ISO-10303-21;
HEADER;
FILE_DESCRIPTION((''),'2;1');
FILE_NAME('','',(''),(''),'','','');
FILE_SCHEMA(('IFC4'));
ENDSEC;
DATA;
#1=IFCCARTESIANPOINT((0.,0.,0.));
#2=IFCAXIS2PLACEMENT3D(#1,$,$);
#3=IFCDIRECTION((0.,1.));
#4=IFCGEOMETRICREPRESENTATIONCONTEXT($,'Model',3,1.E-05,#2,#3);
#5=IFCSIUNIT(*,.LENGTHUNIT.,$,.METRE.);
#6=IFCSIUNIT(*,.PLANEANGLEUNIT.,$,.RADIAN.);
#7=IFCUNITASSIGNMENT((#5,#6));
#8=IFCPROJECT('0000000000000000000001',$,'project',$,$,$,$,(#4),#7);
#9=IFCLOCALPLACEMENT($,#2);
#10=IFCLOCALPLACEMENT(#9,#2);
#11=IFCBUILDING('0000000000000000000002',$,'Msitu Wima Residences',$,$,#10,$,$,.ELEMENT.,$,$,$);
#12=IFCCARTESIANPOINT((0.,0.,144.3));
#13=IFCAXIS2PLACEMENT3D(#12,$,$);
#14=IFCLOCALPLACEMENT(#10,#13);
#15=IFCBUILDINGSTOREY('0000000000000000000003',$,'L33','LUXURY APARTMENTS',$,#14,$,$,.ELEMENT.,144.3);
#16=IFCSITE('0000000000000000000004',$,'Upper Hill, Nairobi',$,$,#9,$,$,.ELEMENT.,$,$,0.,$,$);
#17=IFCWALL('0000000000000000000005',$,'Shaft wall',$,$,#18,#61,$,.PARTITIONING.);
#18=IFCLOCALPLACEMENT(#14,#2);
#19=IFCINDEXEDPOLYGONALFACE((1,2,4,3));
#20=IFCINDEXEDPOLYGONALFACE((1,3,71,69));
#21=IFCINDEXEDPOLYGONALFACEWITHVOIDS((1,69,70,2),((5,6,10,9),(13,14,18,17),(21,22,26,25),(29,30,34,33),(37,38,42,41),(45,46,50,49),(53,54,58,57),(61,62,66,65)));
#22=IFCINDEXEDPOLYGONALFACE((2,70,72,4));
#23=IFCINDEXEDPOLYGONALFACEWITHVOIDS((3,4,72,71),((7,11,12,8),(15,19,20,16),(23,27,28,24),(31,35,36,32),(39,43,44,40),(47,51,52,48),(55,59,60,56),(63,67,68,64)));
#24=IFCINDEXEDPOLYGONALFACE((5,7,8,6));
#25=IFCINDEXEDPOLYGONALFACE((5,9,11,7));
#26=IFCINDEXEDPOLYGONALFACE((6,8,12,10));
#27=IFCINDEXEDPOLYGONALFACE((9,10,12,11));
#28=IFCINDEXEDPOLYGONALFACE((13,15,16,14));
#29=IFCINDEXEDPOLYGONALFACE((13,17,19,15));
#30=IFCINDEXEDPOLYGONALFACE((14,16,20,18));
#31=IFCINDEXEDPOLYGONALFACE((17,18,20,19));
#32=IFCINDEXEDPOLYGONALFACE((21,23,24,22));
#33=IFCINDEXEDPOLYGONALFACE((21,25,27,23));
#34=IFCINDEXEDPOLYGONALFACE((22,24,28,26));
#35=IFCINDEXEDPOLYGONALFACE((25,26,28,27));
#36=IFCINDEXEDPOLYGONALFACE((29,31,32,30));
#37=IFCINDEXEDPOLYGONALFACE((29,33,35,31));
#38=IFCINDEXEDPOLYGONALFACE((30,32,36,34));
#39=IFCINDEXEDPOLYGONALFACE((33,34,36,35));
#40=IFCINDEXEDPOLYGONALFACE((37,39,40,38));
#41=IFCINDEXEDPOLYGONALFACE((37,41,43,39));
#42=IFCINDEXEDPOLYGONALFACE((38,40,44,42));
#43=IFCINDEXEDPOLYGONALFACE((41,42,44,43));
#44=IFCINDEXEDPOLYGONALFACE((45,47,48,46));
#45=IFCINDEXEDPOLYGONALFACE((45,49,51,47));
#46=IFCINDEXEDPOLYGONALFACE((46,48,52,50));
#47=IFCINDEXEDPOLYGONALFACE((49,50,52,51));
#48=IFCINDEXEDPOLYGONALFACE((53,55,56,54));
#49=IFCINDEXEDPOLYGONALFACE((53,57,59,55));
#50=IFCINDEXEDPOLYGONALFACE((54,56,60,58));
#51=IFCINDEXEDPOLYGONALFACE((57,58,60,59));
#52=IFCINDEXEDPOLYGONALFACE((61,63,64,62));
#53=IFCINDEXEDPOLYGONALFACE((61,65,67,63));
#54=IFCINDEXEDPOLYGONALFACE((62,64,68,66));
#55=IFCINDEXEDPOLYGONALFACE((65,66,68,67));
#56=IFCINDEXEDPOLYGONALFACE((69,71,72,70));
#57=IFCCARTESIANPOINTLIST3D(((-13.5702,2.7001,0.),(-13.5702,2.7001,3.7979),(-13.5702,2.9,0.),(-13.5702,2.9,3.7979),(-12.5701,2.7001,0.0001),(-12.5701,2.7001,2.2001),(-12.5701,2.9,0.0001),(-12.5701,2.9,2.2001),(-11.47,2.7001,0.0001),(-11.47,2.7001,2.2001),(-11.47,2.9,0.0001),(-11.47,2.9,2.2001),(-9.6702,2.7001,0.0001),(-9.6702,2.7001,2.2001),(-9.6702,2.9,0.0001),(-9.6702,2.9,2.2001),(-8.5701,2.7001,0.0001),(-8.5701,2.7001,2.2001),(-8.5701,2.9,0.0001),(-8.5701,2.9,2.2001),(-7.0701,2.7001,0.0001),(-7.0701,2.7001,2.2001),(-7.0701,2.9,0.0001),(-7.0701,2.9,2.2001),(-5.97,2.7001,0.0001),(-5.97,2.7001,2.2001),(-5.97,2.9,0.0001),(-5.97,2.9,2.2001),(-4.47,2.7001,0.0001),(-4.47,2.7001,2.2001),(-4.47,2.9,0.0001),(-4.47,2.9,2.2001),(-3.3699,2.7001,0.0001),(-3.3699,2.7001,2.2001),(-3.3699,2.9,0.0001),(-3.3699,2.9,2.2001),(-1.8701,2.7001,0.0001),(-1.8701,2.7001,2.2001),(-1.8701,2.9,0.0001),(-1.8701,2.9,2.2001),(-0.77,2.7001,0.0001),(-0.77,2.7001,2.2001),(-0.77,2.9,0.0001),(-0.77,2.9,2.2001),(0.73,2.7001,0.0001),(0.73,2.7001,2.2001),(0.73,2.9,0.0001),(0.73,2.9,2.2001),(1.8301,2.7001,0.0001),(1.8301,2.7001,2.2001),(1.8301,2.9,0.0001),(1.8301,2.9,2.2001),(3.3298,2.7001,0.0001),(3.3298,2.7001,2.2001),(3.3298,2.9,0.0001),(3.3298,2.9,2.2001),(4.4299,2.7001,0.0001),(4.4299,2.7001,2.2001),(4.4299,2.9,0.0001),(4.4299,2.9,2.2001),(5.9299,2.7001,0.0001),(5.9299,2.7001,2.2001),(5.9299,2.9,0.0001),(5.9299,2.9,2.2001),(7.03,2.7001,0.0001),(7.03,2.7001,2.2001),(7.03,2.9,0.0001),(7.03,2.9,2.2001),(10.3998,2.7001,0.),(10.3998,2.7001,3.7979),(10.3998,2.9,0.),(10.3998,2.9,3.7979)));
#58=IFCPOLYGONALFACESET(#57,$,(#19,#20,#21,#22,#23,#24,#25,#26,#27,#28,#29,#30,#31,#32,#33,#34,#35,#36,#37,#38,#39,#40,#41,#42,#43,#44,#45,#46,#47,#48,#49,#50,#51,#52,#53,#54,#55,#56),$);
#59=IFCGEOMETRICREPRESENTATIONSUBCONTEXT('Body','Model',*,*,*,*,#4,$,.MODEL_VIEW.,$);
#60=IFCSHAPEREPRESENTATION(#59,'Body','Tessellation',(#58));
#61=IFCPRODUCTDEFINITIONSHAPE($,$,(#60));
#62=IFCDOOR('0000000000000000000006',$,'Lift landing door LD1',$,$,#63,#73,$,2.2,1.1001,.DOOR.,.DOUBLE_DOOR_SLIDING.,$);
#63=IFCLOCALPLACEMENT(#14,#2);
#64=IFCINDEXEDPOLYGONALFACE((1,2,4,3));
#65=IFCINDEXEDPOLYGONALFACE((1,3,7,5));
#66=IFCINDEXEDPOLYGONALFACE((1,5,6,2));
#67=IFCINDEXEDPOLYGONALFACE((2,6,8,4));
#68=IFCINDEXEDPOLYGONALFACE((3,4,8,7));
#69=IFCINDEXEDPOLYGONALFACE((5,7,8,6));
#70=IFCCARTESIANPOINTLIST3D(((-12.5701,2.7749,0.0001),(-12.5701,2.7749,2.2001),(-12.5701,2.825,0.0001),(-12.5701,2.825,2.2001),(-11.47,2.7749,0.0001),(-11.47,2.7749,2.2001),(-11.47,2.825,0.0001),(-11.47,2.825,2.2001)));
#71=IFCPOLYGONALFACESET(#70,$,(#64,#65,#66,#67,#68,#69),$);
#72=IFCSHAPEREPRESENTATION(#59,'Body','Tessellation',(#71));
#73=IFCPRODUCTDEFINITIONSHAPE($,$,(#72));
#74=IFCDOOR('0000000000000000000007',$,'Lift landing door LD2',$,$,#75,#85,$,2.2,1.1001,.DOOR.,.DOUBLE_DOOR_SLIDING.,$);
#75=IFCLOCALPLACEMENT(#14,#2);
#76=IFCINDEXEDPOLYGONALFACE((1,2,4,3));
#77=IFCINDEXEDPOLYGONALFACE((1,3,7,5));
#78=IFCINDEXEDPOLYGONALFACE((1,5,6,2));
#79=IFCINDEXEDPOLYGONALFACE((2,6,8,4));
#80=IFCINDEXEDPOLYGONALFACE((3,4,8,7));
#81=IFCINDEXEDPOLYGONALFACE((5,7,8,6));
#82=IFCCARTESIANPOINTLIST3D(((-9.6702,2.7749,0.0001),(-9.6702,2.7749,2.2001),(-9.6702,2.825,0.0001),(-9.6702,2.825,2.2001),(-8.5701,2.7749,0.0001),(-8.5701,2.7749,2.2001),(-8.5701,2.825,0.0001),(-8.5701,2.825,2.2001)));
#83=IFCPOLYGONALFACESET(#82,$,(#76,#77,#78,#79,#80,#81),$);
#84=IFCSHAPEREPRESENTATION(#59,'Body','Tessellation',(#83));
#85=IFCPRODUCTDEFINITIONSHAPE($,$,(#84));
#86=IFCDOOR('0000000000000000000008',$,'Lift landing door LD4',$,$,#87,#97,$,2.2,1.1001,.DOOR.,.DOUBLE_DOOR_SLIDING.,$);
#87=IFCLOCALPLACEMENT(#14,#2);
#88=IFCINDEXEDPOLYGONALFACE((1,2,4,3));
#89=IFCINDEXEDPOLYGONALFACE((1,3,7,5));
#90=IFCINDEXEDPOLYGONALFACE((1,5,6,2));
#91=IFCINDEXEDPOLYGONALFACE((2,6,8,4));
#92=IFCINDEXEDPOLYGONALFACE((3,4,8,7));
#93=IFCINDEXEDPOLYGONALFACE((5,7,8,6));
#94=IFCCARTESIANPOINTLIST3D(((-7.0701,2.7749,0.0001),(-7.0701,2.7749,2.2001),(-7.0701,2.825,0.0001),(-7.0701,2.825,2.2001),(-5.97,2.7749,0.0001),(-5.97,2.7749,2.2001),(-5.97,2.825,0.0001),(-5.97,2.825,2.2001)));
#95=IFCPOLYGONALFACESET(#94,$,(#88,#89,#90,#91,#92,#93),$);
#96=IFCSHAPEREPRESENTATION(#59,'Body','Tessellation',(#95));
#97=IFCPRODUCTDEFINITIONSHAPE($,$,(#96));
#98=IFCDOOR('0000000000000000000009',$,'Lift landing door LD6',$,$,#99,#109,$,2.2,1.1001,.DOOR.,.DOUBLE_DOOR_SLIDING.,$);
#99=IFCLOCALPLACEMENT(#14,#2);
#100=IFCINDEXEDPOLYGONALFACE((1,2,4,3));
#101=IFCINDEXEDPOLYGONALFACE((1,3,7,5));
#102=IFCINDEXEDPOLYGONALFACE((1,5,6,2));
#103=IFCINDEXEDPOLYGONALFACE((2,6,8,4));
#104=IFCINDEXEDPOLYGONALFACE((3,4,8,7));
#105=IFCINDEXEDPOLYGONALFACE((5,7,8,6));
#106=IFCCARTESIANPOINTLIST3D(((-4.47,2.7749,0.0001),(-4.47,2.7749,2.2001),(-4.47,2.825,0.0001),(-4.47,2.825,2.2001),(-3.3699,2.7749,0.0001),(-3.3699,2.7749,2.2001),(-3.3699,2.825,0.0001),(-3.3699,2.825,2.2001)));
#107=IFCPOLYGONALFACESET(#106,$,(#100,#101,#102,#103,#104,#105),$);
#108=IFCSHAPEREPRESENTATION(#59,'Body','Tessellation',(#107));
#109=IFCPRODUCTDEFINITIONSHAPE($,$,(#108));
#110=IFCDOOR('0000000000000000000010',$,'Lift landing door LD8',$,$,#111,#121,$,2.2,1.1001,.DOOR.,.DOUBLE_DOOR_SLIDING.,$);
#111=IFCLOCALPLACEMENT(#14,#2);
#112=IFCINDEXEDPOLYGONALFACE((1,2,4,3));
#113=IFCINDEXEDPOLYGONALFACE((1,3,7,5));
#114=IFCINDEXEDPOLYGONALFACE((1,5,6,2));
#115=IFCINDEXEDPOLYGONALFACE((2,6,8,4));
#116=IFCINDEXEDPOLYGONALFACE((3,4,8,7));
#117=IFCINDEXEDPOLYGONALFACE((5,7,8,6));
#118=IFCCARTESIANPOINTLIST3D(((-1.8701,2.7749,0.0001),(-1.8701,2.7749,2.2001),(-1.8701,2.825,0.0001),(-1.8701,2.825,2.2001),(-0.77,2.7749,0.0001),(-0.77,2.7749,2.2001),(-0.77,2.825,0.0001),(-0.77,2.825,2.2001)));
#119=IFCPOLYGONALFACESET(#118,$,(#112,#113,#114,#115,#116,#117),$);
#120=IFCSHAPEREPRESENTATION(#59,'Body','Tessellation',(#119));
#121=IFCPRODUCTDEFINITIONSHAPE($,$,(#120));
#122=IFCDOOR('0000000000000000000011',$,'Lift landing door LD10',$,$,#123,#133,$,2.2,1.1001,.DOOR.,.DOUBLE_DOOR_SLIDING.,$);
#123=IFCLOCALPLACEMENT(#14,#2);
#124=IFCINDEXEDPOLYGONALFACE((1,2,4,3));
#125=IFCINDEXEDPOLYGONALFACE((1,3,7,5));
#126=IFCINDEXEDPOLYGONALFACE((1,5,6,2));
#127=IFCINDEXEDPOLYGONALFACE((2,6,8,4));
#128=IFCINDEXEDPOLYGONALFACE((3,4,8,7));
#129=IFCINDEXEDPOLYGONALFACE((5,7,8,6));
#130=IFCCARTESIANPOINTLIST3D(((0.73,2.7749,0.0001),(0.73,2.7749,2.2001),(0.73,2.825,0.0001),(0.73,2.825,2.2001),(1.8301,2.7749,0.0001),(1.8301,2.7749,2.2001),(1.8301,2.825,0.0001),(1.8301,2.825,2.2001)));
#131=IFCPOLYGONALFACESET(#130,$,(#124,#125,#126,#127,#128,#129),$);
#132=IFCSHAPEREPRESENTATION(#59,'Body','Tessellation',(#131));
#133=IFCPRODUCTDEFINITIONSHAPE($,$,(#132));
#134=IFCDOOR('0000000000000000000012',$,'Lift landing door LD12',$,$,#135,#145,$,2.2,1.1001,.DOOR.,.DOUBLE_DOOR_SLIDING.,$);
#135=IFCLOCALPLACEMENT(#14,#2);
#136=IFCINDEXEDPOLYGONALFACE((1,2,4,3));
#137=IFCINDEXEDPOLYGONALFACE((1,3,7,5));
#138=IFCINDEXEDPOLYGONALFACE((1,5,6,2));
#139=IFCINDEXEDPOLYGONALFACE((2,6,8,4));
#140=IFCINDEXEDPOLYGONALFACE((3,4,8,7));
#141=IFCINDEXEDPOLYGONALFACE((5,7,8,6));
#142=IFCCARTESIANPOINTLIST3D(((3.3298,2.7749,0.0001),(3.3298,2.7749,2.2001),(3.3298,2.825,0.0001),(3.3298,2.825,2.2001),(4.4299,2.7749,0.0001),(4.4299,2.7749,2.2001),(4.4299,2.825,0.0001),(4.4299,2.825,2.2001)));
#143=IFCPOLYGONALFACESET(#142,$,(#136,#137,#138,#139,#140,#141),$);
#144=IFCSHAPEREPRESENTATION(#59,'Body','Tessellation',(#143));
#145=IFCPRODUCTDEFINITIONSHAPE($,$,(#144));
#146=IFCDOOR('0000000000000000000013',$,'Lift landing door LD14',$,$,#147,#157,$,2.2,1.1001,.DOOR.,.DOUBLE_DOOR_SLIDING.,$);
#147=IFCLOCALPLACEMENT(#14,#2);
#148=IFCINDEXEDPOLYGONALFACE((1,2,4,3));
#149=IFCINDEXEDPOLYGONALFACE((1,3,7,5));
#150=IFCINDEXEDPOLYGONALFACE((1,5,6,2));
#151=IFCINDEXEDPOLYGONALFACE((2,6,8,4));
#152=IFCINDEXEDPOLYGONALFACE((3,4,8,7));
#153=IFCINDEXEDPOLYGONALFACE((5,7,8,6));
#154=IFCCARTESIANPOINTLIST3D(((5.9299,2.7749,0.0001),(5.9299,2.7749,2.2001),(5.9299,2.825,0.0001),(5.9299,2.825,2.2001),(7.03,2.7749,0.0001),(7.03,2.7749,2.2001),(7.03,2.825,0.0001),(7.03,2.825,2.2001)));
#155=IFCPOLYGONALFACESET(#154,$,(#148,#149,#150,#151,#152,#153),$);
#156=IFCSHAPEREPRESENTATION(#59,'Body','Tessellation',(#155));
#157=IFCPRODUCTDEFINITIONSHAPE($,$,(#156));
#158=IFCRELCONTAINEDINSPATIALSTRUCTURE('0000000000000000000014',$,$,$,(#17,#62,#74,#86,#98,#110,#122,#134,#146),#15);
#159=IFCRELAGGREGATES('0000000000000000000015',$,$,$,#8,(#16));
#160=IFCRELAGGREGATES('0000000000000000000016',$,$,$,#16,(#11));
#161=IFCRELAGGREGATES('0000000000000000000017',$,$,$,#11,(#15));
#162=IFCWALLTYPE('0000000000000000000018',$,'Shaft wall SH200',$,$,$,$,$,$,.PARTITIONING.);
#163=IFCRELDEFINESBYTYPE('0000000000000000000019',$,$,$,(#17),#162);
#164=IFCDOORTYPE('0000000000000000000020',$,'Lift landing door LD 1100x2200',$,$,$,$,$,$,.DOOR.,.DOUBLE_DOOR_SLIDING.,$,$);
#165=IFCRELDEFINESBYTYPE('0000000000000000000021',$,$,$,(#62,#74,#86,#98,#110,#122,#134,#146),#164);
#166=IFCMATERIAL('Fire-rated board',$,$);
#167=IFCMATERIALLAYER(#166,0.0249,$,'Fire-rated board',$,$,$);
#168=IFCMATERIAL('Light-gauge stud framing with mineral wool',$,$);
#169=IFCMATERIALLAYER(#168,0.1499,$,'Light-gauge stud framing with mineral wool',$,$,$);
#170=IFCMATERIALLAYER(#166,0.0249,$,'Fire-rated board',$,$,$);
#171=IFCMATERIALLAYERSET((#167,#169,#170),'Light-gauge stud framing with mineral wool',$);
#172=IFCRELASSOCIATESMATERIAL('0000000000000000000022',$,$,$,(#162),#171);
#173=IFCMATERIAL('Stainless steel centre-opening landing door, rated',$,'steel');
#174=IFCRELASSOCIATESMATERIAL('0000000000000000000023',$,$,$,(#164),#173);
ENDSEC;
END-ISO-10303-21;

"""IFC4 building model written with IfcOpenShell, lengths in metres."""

from ifc_helpers import new_model, si_unit, direction, frame, frame_2d, origin, place, context, subcontext, project, spatial, rectangle, extrude, material, layer, layer_set, type_object, element, fill, save


model = new_model("IFC4")

# Units and contexts
model_context = context("Model", 3, precision=1e-05, world=origin(), true_north=direction((0.0, 1.0)))
body_context = subcontext(model_context, "Body", "Model", "MODEL_VIEW")
ifc_project = project(units=[si_unit("LENGTHUNIT", "METRE"), si_unit("PLANEANGLEUNIT", "RADIAN")], contexts=[model_context])

# Site, building, storey
site_placement = place(None, origin())
site = spatial("IfcSite", under=ifc_project, at=site_placement, Name="Upper Hill, Nairobi", CompositionType="ELEMENT", RefElevation=0.0)
building_placement = place(site_placement, origin())
building = spatial("IfcBuilding", under=site, at=building_placement, Name="Msitu Wima Residences", CompositionType="ELEMENT")
storey_placement = place(building_placement, frame((0.0, 0.0, 144.3)))
storey = spatial("IfcBuildingStorey", under=building, at=storey_placement, Name="L33", Description="LUXURY APARTMENTS", CompositionType="ELEMENT", Elevation=144.3)

# Shared definitions
ifc_material_1 = material(Name="Fire-rated board")
ifc_layer_1 = layer(ifc_material_1, 0.0249, Name="Fire-rated board")
ifc_material_2 = material(Name="Light-gauge stud framing with mineral wool")
ifc_layer_2 = layer(ifc_material_2, 0.1499, Name="Light-gauge stud framing with mineral wool")
ifc_layer_3 = layer(ifc_material_1, 0.0249, Name="Fire-rated board")
ifc_layer_set_1 = layer_set([ifc_layer_1, ifc_layer_2, ifc_layer_3], Name="Light-gauge stud framing with mineral wool")
wall_type_1 = type_object("IfcWallType", Name="Shaft wall SH200", PredefinedType="PARTITIONING", material=ifc_layer_set_1)

# Wall, openings, doors
wall_1_placement = place(storey_placement, frame((-13.5701, 2.8, 0.0), z_axis=(0.0, 0.0, 1.0), x_axis=(1.0, 0.0, 0.0)))
wall_1 = element("IfcWall", 1, at=wall_1_placement, inside=storey, type_object=wall_type_1, Name="Shaft wall", PredefinedType="PARTITIONING", context=body_context, shape_type="SweptSolid", body=[
    extrude(rectangle(XDim=23.97, YDim=0.2, at=frame_2d((11.9849, 0.0))), origin(), (0.0, 0.0, 1.0), 3.7979),
])
opening_1_placement = place(wall_1_placement, frame((1.0, 0.0, 0.0)))
opening_1 = element("IfcOpeningElement", 2, at=opening_1_placement, cuts=wall_1, PredefinedType="OPENING", context=body_context, shape_type="SweptSolid", body=[
    extrude(rectangle(XDim=1.1001, YDim=2.2, at=frame_2d((0.55, 1.1001))), frame((0.0, 0.1099, 0.0), z_axis=(0.0, -1.0, 0.0), x_axis=(1.0, 0.0, 0.0)), (0.0, 0.0, 1.0), 0.22),
])
opening_2_placement = place(wall_1_placement, frame((3.8999, 0.0, 0.0)))
opening_2 = element("IfcOpeningElement", 3, at=opening_2_placement, cuts=wall_1, PredefinedType="OPENING", context=body_context, shape_type="SweptSolid", body=[
    extrude(rectangle(XDim=1.1001, YDim=2.2, at=frame_2d((0.55, 1.1001))), frame((0.0, 0.1099, 0.0), z_axis=(0.0, -1.0, 0.0), x_axis=(1.0, 0.0, 0.0)), (0.0, 0.0, 1.0), 0.22),
])
opening_3_placement = place(wall_1_placement, frame((6.5, 0.0, 0.0)))
opening_3 = element("IfcOpeningElement", 4, at=opening_3_placement, cuts=wall_1, PredefinedType="OPENING", context=body_context, shape_type="SweptSolid", body=[
    extrude(rectangle(XDim=1.1001, YDim=2.2, at=frame_2d((0.55, 1.1001))), frame((0.0, 0.1099, 0.0), z_axis=(0.0, -1.0, 0.0), x_axis=(1.0, 0.0, 0.0)), (0.0, 0.0, 1.0), 0.22),
])
opening_4_placement = place(wall_1_placement, frame((9.1001, 0.0, 0.0)))
opening_4 = element("IfcOpeningElement", 5, at=opening_4_placement, cuts=wall_1, PredefinedType="OPENING", context=body_context, shape_type="SweptSolid", body=[
    extrude(rectangle(XDim=1.1001, YDim=2.2, at=frame_2d((0.55, 1.1001))), frame((0.0, 0.1099, 0.0), z_axis=(0.0, -1.0, 0.0), x_axis=(1.0, 0.0, 0.0)), (0.0, 0.0, 1.0), 0.22),
])
opening_5_placement = place(wall_1_placement, frame((11.7, 0.0, 0.0)))
opening_5 = element("IfcOpeningElement", 6, at=opening_5_placement, cuts=wall_1, PredefinedType="OPENING", context=body_context, shape_type="SweptSolid", body=[
    extrude(rectangle(XDim=1.1001, YDim=2.2, at=frame_2d((0.55, 1.1001))), frame((0.0, 0.1099, 0.0), z_axis=(0.0, -1.0, 0.0), x_axis=(1.0, 0.0, 0.0)), (0.0, 0.0, 1.0), 0.22),
])
opening_6_placement = place(wall_1_placement, frame((14.3, 0.0, 0.0)))
opening_6 = element("IfcOpeningElement", 7, at=opening_6_placement, cuts=wall_1, PredefinedType="OPENING", context=body_context, shape_type="SweptSolid", body=[
    extrude(rectangle(XDim=1.1001, YDim=2.2, at=frame_2d((0.55, 1.1001))), frame((0.0, 0.1099, 0.0), z_axis=(0.0, -1.0, 0.0), x_axis=(1.0, 0.0, 0.0)), (0.0, 0.0, 1.0), 0.22),
])
opening_7_placement = place(wall_1_placement, frame((16.8999, 0.0, 0.0)))
opening_7 = element("IfcOpeningElement", 8, at=opening_7_placement, cuts=wall_1, PredefinedType="OPENING", context=body_context, shape_type="SweptSolid", body=[
    extrude(rectangle(XDim=1.1001, YDim=2.2, at=frame_2d((0.55, 1.1001))), frame((0.0, 0.1099, 0.0), z_axis=(0.0, -1.0, 0.0), x_axis=(1.0, 0.0, 0.0)), (0.0, 0.0, 1.0), 0.22),
])
opening_8_placement = place(wall_1_placement, frame((19.5, 0.0, 0.0)))
opening_8 = element("IfcOpeningElement", 9, at=opening_8_placement, cuts=wall_1, PredefinedType="OPENING", context=body_context, shape_type="SweptSolid", body=[
    extrude(rectangle(XDim=1.1001, YDim=2.2, at=frame_2d((0.55, 1.1001))), frame((0.0, 0.1099, 0.0), z_axis=(0.0, -1.0, 0.0), x_axis=(1.0, 0.0, 0.0)), (0.0, 0.0, 1.0), 0.22),
])
ifc_material_3 = material(Name="Stainless steel centre-opening landing door, rated", Category="steel")
door_type_1 = type_object("IfcDoorType", Name="Lift landing door LD 1100x2200", OperationType="DOUBLE_DOOR_SLIDING", PredefinedType="DOOR", material=ifc_material_3)
door_1_placement = place(opening_1_placement, origin())
door_1 = element("IfcDoor", 10, at=door_1_placement, inside=storey, type_object=door_type_1, Name="Lift landing door LD1", OperationType="DOUBLE_DOOR_SLIDING", OverallHeight=2.2, OverallWidth=1.1001, PredefinedType="DOOR", context=body_context, shape_type="SweptSolid", body=[
    extrude(rectangle(XDim=1.1001, YDim=2.2, at=frame_2d((0.55, 1.1001))), frame((0.0, 0.0249, 0.0), z_axis=(0.0, -1.0, 0.0), x_axis=(1.0, 0.0, 0.0)), (0.0, 0.0, 1.0), 0.05),
])
fill(opening_1, door_1)
door_2_placement = place(opening_2_placement, origin())
door_2 = element("IfcDoor", 11, at=door_2_placement, inside=storey, type_object=door_type_1, Name="Lift landing door LD2", OperationType="DOUBLE_DOOR_SLIDING", OverallHeight=2.2, OverallWidth=1.1001, PredefinedType="DOOR", context=body_context, shape_type="SweptSolid", body=[
    extrude(rectangle(XDim=1.1001, YDim=2.2, at=frame_2d((0.55, 1.1001))), frame((0.0, 0.0249, 0.0), z_axis=(0.0, -1.0, 0.0), x_axis=(1.0, 0.0, 0.0)), (0.0, 0.0, 1.0), 0.05),
])
fill(opening_2, door_2)
door_3_placement = place(opening_3_placement, origin())
door_3 = element("IfcDoor", 12, at=door_3_placement, inside=storey, type_object=door_type_1, Name="Lift landing door LD4", OperationType="DOUBLE_DOOR_SLIDING", OverallHeight=2.2, OverallWidth=1.1001, PredefinedType="DOOR", context=body_context, shape_type="SweptSolid", body=[
    extrude(rectangle(XDim=1.1001, YDim=2.2, at=frame_2d((0.55, 1.1001))), frame((0.0, 0.0249, 0.0), z_axis=(0.0, -1.0, 0.0), x_axis=(1.0, 0.0, 0.0)), (0.0, 0.0, 1.0), 0.05),
])
fill(opening_3, door_3)
door_4_placement = place(opening_4_placement, origin())
door_4 = element("IfcDoor", 13, at=door_4_placement, inside=storey, type_object=door_type_1, Name="Lift landing door LD6", OperationType="DOUBLE_DOOR_SLIDING", OverallHeight=2.2, OverallWidth=1.1001, PredefinedType="DOOR", context=body_context, shape_type="SweptSolid", body=[
    extrude(rectangle(XDim=1.1001, YDim=2.2, at=frame_2d((0.55, 1.1001))), frame((0.0, 0.0249, 0.0), z_axis=(0.0, -1.0, 0.0), x_axis=(1.0, 0.0, 0.0)), (0.0, 0.0, 1.0), 0.05),
])
fill(opening_4, door_4)
door_5_placement = place(opening_5_placement, origin())
door_5 = element("IfcDoor", 14, at=door_5_placement, inside=storey, type_object=door_type_1, Name="Lift landing door LD8", OperationType="DOUBLE_DOOR_SLIDING", OverallHeight=2.2, OverallWidth=1.1001, PredefinedType="DOOR", context=body_context, shape_type="SweptSolid", body=[
    extrude(rectangle(XDim=1.1001, YDim=2.2, at=frame_2d((0.55, 1.1001))), frame((0.0, 0.0249, 0.0), z_axis=(0.0, -1.0, 0.0), x_axis=(1.0, 0.0, 0.0)), (0.0, 0.0, 1.0), 0.05),
])
fill(opening_5, door_5)
door_6_placement = place(opening_6_placement, origin())
door_6 = element("IfcDoor", 15, at=door_6_placement, inside=storey, type_object=door_type_1, Name="Lift landing door LD10", OperationType="DOUBLE_DOOR_SLIDING", OverallHeight=2.2, OverallWidth=1.1001, PredefinedType="DOOR", context=body_context, shape_type="SweptSolid", body=[
    extrude(rectangle(XDim=1.1001, YDim=2.2, at=frame_2d((0.55, 1.1001))), frame((0.0, 0.0249, 0.0), z_axis=(0.0, -1.0, 0.0), x_axis=(1.0, 0.0, 0.0)), (0.0, 0.0, 1.0), 0.05),
])
fill(opening_6, door_6)
door_7_placement = place(opening_7_placement, origin())
door_7 = element("IfcDoor", 16, at=door_7_placement, inside=storey, type_object=door_type_1, Name="Lift landing door LD12", OperationType="DOUBLE_DOOR_SLIDING", OverallHeight=2.2, OverallWidth=1.1001, PredefinedType="DOOR", context=body_context, shape_type="SweptSolid", body=[
    extrude(rectangle(XDim=1.1001, YDim=2.2, at=frame_2d((0.55, 1.1001))), frame((0.0, 0.0249, 0.0), z_axis=(0.0, -1.0, 0.0), x_axis=(1.0, 0.0, 0.0)), (0.0, 0.0, 1.0), 0.05),
])
fill(opening_7, door_7)
door_8_placement = place(opening_8_placement, origin())
door_8 = element("IfcDoor", 17, at=door_8_placement, inside=storey, type_object=door_type_1, Name="Lift landing door LD14", OperationType="DOUBLE_DOOR_SLIDING", OverallHeight=2.2, OverallWidth=1.1001, PredefinedType="DOOR", context=body_context, shape_type="SweptSolid", body=[
    extrude(rectangle(XDim=1.1001, YDim=2.2, at=frame_2d((0.55, 1.1001))), frame((0.0, 0.0249, 0.0), z_axis=(0.0, -1.0, 0.0), x_axis=(1.0, 0.0, 0.0)), (0.0, 0.0, 1.0), 0.05),
])
fill(opening_8, door_8)

save(model, "model.ifc")
